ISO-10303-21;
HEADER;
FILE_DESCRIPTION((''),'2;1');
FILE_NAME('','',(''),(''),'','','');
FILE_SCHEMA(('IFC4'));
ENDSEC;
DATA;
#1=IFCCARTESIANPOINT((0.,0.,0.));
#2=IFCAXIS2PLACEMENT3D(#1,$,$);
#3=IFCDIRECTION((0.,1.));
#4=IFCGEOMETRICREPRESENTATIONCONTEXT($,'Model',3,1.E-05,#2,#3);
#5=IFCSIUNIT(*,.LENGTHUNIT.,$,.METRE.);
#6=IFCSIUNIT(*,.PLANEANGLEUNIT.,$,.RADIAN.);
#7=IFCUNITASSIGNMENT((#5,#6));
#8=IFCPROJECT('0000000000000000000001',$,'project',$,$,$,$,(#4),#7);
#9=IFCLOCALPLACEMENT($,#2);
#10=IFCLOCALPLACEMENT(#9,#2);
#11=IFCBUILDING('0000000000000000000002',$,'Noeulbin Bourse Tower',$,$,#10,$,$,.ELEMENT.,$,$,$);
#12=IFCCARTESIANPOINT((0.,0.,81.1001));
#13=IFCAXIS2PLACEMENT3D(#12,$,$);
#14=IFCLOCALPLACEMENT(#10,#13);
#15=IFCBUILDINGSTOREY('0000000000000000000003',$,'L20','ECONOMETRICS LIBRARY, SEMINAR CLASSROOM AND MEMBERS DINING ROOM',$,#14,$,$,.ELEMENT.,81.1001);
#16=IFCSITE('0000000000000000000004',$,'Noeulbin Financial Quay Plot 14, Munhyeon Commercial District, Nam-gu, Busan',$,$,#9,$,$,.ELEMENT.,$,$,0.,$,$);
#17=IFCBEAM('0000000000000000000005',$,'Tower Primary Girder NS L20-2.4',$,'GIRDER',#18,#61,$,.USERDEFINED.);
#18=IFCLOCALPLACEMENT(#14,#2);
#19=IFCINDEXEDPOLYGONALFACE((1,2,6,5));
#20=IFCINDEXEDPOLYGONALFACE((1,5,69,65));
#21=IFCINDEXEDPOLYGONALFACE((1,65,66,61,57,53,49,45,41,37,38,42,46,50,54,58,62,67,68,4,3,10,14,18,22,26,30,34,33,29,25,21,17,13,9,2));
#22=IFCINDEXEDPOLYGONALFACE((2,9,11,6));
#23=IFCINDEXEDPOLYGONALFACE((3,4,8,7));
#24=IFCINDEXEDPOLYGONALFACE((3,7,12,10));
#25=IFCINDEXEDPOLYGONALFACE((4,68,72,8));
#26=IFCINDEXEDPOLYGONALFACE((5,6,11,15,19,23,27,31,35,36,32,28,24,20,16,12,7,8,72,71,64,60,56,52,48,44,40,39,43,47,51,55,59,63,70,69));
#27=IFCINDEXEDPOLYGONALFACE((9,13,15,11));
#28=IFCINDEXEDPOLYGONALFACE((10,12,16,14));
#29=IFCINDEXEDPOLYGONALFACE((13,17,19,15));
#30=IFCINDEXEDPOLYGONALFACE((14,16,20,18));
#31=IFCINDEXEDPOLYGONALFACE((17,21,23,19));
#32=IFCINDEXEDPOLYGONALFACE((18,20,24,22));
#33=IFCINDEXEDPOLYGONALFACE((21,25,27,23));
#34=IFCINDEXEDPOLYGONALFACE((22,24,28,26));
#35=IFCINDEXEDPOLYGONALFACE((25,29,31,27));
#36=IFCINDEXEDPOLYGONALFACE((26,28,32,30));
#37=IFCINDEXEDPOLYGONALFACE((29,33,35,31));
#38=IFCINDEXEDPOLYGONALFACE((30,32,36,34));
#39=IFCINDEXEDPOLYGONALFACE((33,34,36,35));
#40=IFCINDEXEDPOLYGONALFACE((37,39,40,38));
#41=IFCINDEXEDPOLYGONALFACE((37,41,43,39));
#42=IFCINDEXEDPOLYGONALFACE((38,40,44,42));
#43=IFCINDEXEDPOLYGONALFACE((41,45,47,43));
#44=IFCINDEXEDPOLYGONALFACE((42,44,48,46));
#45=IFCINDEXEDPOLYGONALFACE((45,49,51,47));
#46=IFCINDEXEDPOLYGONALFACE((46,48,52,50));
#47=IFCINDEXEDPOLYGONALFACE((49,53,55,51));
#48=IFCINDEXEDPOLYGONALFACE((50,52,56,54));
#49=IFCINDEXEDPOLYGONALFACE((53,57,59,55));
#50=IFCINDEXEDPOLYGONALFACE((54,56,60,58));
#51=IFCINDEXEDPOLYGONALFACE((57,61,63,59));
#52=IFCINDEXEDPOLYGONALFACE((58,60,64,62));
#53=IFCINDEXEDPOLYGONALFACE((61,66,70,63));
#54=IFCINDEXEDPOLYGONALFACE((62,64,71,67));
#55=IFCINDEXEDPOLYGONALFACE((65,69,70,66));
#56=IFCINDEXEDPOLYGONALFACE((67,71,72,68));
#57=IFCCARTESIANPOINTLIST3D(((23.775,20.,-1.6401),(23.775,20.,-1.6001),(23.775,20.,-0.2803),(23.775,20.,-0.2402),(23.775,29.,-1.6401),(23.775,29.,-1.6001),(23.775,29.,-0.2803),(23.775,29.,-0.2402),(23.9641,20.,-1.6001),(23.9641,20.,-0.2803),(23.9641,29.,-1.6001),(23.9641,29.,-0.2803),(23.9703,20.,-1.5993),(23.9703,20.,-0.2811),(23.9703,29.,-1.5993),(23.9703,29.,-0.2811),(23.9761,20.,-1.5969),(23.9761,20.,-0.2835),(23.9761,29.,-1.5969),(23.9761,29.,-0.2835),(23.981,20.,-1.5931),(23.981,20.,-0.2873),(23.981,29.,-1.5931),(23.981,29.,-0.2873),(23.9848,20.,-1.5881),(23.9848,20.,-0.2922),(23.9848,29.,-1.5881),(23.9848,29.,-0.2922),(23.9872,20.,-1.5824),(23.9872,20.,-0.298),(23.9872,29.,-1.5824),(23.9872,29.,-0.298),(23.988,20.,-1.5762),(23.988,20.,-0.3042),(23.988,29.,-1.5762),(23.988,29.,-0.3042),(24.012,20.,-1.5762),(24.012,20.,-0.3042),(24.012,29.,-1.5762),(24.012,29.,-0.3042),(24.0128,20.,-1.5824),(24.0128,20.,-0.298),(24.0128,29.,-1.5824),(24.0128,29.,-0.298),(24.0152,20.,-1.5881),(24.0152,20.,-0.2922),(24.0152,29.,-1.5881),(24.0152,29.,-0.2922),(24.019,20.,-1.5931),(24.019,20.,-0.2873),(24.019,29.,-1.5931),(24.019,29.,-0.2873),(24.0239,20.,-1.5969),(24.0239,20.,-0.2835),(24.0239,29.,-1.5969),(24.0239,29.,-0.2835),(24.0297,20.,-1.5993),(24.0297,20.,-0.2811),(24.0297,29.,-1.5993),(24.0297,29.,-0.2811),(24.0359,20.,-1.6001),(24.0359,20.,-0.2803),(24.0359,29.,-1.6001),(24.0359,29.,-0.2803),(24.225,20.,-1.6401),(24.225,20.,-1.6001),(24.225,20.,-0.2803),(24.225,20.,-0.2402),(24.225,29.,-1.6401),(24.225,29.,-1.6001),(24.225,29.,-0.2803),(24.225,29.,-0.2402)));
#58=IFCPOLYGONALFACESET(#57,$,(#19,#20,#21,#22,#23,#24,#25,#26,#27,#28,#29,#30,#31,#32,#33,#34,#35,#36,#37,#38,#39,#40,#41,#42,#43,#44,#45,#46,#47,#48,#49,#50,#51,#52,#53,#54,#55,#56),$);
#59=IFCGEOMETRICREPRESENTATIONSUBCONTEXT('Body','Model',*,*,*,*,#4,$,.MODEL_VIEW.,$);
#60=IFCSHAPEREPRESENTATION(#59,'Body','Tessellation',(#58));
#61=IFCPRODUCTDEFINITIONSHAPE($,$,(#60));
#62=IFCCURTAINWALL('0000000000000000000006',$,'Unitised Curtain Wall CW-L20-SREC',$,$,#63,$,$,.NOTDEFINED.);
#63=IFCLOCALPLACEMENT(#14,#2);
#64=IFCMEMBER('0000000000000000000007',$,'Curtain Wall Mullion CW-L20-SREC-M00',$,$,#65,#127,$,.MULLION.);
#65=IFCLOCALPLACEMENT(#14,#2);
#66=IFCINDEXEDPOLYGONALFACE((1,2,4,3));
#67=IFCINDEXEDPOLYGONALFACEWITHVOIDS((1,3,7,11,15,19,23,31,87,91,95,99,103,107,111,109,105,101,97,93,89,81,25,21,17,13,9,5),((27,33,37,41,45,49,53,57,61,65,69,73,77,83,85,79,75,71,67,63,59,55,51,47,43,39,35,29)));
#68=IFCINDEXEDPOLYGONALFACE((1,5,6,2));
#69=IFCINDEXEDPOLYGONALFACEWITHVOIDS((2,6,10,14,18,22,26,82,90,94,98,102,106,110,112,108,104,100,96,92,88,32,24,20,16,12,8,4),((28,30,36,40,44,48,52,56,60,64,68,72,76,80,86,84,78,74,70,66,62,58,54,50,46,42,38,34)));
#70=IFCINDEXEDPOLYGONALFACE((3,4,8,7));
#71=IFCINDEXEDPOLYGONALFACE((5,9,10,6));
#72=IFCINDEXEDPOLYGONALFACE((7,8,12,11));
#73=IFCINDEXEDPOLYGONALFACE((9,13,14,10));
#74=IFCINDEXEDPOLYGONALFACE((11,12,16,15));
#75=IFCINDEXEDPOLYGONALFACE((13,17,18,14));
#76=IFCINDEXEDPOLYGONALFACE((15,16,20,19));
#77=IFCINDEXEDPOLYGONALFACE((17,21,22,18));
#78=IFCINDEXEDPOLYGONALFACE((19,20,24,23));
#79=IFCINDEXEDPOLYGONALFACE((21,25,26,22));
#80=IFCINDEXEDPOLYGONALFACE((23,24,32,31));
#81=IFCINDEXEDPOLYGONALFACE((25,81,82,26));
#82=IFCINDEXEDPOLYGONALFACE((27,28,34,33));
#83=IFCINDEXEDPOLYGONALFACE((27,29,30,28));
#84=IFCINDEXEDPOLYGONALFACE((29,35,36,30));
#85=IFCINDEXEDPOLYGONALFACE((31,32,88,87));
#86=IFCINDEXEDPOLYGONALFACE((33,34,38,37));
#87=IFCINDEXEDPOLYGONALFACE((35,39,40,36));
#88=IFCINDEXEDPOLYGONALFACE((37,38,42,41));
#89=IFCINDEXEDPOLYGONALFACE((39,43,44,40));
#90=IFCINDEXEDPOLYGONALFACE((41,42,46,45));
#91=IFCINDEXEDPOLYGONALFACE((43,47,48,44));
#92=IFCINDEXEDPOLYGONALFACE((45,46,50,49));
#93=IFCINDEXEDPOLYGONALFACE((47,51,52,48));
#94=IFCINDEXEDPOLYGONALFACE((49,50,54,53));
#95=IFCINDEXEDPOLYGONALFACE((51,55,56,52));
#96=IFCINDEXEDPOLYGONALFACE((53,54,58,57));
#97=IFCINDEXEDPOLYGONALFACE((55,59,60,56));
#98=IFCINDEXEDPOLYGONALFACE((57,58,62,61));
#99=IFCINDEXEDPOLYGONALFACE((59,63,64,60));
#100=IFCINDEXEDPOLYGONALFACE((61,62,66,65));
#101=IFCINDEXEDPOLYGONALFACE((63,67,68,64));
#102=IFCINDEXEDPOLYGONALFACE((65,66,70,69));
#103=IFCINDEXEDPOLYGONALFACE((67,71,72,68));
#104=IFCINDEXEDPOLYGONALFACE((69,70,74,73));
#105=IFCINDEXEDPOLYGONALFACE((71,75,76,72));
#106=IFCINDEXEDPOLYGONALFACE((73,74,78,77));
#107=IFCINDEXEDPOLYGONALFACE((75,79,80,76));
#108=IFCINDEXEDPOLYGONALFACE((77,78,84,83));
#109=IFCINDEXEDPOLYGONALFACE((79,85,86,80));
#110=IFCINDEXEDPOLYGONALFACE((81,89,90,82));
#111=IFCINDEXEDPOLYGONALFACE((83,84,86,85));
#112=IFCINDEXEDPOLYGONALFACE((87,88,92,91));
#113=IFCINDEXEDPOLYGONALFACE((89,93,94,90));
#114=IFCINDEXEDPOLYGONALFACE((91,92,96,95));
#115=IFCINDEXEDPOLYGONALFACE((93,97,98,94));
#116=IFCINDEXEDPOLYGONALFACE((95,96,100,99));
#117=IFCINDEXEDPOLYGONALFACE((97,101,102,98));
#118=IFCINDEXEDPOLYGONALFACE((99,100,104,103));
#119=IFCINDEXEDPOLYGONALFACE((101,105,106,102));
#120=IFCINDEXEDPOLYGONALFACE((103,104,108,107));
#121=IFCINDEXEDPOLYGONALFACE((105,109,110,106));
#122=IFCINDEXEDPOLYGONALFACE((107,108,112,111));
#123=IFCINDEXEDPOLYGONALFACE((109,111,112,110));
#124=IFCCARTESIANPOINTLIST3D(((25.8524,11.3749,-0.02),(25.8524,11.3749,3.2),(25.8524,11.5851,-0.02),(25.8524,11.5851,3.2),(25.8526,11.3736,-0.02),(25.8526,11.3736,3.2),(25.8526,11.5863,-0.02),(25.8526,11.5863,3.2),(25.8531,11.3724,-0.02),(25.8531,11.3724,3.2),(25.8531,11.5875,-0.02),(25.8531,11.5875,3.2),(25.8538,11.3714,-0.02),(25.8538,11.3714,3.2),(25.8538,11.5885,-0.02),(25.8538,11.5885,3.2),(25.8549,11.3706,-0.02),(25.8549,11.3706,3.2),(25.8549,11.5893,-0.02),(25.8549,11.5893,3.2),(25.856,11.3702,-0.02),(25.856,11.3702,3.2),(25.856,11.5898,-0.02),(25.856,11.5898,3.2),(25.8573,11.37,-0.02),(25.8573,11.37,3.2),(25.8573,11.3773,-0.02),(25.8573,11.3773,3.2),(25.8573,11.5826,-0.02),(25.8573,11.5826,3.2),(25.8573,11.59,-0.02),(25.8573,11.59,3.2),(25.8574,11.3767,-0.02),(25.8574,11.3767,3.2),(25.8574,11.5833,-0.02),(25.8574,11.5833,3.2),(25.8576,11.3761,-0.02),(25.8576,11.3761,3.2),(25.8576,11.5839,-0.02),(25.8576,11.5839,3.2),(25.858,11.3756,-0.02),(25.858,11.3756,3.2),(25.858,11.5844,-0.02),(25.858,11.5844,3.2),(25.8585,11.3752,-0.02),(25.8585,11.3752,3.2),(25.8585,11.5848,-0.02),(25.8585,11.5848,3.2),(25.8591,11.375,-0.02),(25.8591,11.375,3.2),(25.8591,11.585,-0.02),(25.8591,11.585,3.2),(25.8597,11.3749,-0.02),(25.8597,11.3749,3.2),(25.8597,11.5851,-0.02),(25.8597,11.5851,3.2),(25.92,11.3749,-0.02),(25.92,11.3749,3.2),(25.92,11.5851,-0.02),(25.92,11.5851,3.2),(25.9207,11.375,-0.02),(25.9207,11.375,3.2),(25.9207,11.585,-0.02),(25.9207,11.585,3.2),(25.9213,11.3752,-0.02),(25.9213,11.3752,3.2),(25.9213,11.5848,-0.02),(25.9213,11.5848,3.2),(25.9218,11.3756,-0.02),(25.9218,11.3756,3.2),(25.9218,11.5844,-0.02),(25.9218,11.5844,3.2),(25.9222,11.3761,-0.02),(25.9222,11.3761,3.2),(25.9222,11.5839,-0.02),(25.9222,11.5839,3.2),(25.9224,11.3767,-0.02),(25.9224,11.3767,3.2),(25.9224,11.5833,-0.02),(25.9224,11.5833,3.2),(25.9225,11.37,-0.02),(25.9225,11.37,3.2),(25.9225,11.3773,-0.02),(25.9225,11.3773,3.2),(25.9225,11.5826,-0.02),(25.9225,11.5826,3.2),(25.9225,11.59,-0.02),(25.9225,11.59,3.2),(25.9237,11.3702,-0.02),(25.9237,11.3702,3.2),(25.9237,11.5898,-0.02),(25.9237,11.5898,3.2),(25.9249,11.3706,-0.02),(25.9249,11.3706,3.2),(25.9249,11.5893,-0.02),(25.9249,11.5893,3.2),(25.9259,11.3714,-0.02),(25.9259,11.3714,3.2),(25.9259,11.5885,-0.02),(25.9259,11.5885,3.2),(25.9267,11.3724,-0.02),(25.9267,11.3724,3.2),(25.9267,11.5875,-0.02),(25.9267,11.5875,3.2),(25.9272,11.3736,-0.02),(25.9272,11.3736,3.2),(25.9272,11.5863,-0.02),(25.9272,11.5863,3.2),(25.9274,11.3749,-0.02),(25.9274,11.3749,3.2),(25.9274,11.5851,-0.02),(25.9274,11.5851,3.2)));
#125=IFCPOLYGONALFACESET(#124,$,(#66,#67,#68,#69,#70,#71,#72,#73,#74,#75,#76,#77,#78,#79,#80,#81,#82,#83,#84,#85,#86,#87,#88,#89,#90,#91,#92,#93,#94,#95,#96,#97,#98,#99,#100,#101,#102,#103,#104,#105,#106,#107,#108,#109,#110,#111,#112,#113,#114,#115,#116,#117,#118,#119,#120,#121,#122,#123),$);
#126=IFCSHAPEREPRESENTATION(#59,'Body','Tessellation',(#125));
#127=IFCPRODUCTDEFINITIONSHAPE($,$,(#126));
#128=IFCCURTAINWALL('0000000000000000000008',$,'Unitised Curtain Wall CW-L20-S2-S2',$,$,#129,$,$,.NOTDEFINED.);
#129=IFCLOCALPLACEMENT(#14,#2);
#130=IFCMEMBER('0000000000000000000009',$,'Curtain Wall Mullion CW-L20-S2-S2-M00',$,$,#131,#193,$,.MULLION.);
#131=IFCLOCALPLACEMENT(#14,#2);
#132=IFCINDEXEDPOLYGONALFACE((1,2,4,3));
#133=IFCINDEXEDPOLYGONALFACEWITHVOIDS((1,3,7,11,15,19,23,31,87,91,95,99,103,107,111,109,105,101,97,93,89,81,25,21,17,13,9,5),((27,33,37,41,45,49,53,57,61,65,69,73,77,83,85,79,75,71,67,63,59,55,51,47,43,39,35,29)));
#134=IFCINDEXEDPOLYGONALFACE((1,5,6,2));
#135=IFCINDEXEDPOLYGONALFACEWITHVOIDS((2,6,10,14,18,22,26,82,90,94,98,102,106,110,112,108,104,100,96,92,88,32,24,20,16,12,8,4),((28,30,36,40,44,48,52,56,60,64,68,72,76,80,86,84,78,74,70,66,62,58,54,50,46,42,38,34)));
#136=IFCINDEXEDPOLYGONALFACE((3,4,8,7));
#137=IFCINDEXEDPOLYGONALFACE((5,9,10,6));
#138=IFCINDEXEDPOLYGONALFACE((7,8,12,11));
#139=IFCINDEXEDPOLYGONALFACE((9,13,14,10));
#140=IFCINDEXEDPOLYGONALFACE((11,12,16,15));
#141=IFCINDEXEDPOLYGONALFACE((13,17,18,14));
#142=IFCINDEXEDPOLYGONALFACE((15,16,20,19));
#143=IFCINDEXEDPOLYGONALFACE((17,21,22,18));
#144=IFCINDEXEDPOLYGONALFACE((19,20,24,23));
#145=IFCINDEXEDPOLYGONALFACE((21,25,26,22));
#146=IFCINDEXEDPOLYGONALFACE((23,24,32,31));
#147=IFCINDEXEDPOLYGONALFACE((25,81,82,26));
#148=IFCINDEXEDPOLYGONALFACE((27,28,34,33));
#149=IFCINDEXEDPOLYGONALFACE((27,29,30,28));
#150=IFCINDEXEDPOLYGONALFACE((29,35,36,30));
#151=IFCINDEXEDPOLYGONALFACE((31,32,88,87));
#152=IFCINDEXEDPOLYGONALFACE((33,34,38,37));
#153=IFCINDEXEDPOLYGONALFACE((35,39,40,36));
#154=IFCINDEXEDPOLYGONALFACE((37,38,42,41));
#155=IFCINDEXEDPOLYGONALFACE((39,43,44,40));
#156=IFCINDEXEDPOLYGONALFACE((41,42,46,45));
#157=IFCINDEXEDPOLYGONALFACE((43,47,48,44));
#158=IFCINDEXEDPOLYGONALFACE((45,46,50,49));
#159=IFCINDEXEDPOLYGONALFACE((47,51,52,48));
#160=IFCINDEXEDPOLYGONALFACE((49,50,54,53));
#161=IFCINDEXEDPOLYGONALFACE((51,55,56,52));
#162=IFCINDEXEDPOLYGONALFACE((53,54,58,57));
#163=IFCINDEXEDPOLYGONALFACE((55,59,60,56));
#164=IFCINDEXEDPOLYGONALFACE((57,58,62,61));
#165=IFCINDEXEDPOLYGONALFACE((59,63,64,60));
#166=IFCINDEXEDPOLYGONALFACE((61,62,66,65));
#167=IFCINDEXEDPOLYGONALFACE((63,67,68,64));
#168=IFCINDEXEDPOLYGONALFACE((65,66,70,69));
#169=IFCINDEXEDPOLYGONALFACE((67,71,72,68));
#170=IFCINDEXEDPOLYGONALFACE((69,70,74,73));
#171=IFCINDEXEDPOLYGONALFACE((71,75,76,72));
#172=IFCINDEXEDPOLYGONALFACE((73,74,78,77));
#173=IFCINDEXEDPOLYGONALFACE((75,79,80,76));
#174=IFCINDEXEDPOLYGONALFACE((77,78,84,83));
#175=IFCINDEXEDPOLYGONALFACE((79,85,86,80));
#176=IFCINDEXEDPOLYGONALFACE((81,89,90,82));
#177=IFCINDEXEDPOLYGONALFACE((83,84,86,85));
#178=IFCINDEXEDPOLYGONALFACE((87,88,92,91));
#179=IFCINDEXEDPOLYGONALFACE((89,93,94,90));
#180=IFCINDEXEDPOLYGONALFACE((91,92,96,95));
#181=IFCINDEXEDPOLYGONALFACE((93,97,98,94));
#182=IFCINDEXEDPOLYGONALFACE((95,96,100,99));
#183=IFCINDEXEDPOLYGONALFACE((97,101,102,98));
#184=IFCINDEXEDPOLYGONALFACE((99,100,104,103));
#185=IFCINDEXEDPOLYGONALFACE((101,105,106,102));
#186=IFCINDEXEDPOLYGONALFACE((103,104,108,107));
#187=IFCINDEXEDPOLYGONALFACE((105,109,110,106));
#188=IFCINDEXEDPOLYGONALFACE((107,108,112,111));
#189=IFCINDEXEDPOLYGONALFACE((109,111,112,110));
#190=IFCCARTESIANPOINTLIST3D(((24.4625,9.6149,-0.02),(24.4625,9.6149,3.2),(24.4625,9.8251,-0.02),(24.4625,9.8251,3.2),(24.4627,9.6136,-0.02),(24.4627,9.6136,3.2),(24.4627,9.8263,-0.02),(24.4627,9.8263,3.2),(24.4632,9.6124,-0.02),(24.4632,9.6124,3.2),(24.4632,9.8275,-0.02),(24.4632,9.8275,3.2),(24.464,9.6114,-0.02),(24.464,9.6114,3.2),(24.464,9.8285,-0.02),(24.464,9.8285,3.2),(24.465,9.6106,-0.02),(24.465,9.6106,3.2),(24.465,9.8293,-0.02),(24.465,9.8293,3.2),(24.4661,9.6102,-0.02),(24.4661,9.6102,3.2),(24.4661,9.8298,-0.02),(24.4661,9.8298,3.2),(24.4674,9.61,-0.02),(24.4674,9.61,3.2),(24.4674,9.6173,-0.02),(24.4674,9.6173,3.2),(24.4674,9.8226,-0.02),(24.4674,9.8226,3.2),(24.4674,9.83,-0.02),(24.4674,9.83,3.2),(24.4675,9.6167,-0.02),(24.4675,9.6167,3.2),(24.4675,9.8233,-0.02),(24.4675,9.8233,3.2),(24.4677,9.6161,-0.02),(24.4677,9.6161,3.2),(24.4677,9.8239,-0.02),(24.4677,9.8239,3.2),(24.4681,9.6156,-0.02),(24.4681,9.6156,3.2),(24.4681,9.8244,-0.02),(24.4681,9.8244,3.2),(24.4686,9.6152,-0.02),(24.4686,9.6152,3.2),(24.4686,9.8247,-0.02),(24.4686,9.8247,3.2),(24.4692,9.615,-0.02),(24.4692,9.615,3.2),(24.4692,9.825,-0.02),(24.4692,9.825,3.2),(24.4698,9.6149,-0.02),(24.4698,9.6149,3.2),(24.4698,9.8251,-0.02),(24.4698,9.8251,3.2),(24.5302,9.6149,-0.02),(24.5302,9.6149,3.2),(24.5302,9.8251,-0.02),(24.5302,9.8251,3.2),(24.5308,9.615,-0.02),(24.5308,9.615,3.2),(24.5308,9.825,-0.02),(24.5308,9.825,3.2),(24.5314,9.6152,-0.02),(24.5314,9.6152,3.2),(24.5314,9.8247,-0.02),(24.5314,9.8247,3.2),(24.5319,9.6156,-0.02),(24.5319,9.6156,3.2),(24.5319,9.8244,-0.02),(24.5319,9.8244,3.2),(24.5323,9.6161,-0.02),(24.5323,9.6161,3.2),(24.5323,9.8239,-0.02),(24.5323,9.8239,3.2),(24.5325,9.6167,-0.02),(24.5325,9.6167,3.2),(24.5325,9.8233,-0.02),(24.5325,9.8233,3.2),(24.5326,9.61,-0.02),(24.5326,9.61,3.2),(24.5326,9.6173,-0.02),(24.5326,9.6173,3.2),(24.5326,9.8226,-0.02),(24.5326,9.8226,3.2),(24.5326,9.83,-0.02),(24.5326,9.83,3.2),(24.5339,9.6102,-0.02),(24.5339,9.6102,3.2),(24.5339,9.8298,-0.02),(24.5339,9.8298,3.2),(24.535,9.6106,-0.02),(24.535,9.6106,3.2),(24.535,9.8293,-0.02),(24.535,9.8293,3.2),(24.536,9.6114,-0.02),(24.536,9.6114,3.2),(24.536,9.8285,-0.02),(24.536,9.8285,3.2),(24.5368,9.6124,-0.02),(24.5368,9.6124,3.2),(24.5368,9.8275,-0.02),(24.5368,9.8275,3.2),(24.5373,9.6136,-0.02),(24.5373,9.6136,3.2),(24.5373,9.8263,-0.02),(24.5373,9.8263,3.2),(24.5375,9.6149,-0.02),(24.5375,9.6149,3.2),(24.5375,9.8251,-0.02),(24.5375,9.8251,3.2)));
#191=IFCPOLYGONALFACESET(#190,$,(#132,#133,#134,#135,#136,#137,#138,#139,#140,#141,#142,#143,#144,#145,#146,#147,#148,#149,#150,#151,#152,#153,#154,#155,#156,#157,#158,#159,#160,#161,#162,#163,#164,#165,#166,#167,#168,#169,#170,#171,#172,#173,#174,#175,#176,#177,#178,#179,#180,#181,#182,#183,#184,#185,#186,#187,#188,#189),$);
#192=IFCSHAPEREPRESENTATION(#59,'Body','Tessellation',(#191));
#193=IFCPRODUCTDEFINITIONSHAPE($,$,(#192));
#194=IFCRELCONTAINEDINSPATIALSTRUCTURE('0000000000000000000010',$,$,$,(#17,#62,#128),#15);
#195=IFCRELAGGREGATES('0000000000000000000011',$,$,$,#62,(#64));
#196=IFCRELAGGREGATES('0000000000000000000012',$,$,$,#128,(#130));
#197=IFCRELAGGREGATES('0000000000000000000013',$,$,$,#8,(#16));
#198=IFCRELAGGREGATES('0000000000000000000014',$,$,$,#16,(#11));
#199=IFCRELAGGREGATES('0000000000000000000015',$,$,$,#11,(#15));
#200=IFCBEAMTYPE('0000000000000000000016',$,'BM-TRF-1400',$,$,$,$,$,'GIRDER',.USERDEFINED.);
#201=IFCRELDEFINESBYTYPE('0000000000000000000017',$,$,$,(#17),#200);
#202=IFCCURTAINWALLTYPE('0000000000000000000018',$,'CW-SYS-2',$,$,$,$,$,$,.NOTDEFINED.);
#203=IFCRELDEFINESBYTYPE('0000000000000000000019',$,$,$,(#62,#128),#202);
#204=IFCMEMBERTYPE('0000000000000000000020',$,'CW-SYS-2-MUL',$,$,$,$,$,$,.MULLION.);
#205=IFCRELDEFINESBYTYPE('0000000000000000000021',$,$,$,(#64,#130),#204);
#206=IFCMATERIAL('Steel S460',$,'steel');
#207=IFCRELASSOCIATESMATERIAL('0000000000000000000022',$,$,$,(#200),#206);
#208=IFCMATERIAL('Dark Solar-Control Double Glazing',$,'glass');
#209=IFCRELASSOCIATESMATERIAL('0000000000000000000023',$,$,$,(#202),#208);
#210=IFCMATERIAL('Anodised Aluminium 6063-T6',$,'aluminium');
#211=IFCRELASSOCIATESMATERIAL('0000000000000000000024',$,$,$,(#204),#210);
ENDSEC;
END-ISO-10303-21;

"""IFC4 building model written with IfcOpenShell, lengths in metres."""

from ifc_helpers import new_model, si_unit, direction, frame, origin, origin_2d, place, context, subcontext, project, spatial, hollow_rectangle, i_section, extrude, material, material_profile, profile_set, type_object, element, aggregate, save


model = new_model("IFC4")

# Units and contexts
model_context = context("Model", 3, precision=1e-05, world=origin(), true_north=direction((0.0, 1.0)))
body_context = subcontext(model_context, "Body", "Model", "MODEL_VIEW")
ifc_project = project(units=[si_unit("LENGTHUNIT", "METRE"), si_unit("PLANEANGLEUNIT", "RADIAN")], contexts=[model_context])

# Site, building, storey
site_placement = place(None, origin())
site = spatial("IfcSite", under=ifc_project, at=site_placement, Name="Noeulbin Financial Quay Plot 14, Munhyeon Commercial District, Nam-gu, Busan", CompositionType="ELEMENT", RefElevation=0.0)
building_placement = place(site_placement, origin())
building = spatial("IfcBuilding", under=site, at=building_placement, Name="Noeulbin Bourse Tower", CompositionType="ELEMENT")
storey_placement = place(building_placement, frame((0.0, 0.0, 81.1001)))
storey = spatial("IfcBuildingStorey", under=building, at=storey_placement, Name="L20", Description="ECONOMETRICS LIBRARY, SEMINAR CLASSROOM AND MEMBERS DINING ROOM", CompositionType="ELEMENT", Elevation=81.1001)

# Shared definitions
ifc_material_1 = material(Name="Steel S460", Category="steel")

# Beam
ifc_material_profile_1 = material_profile(ifc_material_1, i_section(OverallWidth=0.45, OverallDepth=1.3999, WebThickness=0.0239, FlangeThickness=0.04, FilletRadius=0.0239, at=origin_2d()), Name="PG-1400x450x24x40", Category="LoadBearing")
ifc_profile_set_1 = profile_set([ifc_material_profile_1], Name="Steel S460")
beam_type_1 = type_object("IfcBeamType", Name="BM-TRF-1400", ElementType="GIRDER", PredefinedType="USERDEFINED", material=ifc_profile_set_1)
beam_1_placement = place(storey_placement, frame((24.0, 20.0, -0.9402), z_axis=(0.0, 1.0, 0.0), x_axis=(-1.0, 0.0, 0.0)))
element("IfcBeam", 1, at=beam_1_placement, inside=storey, type_object=beam_type_1, Name="Tower Primary Girder NS L20-2.4", ObjectType="GIRDER", PredefinedType="USERDEFINED", context=body_context, shape_type="SweptSolid", body=[
    extrude(i_section(OverallWidth=0.45, OverallDepth=1.3999, WebThickness=0.0239, FlangeThickness=0.04, FilletRadius=0.0239, at=origin_2d()), origin(), (0.0, 0.0, 1.0), 9.0),
])

# Curtain wall, member
ifc_material_2 = material(Name="Dark Solar-Control Double Glazing", Category="glass")
curtain_wall_type = type_object("IfcCurtainWallType", Name="CW-SYS-2", PredefinedType="NOTDEFINED", material=ifc_material_2)
curtain_wall_1_placement = place(storey_placement, origin())
curtain_wall_1 = element("IfcCurtainWall", 2, at=curtain_wall_1_placement, inside=storey, type_object=curtain_wall_type, Name="Unitised Curtain Wall CW-L20-SREC", PredefinedType="NOTDEFINED")
ifc_material_3 = material(Name="Anodised Aluminium 6063-T6", Category="aluminium")
ifc_material_profile_2 = material_profile(ifc_material_3, hollow_rectangle(XDim=0.075, YDim=0.22, WallThickness=0.0049, InnerFilletRadius=0.0024, OuterFilletRadius=0.0049, at=origin_2d()), Name="ALU-MULL-75x220x5", Category="LoadBearing")
ifc_profile_set_2 = profile_set([ifc_material_profile_2], Name="Anodised Aluminium 6063-T6")
member_type_1 = type_object("IfcMemberType", Name="CW-SYS-2-MUL", PredefinedType="MULLION", material=ifc_profile_set_2)
member_1_placement = place(storey_placement, frame((25.8899, 11.48, -0.02), z_axis=(0.0, 0.0, 1.0), x_axis=(1.0, 0.0, 0.0)))
member_1 = element("IfcMember", 3, at=member_1_placement, type_object=member_type_1, Name="Curtain Wall Mullion CW-L20-SREC-M00", PredefinedType="MULLION", context=body_context, shape_type="SweptSolid", body=[
    extrude(hollow_rectangle(XDim=0.075, YDim=0.22, WallThickness=0.0049, InnerFilletRadius=0.0024, OuterFilletRadius=0.0049, at=origin_2d()), origin(), (0.0, 0.0, 1.0), 3.22),
])

# Curtain wall, member
curtain_wall_2_placement = place(storey_placement, origin())
curtain_wall_2 = element("IfcCurtainWall", 4, at=curtain_wall_2_placement, inside=storey, type_object=curtain_wall_type, Name="Unitised Curtain Wall CW-L20-S2-S2", PredefinedType="NOTDEFINED")
member_2_placement = place(storey_placement, frame((24.5, 9.72, -0.02), z_axis=(0.0, 0.0, 1.0), x_axis=(1.0, 0.0, 0.0)))
member_2 = element("IfcMember", 5, at=member_2_placement, type_object=member_type_1, Name="Curtain Wall Mullion CW-L20-S2-S2-M00", PredefinedType="MULLION", context=body_context, shape_type="SweptSolid", body=[
    extrude(hollow_rectangle(XDim=0.075, YDim=0.22, WallThickness=0.0049, InnerFilletRadius=0.0024, OuterFilletRadius=0.0049, at=origin_2d()), origin(), (0.0, 0.0, 1.0), 3.22),
])

aggregate(curtain_wall_1, [member_1])
aggregate(curtain_wall_2, [member_2])

save(model, "model.ifc")
